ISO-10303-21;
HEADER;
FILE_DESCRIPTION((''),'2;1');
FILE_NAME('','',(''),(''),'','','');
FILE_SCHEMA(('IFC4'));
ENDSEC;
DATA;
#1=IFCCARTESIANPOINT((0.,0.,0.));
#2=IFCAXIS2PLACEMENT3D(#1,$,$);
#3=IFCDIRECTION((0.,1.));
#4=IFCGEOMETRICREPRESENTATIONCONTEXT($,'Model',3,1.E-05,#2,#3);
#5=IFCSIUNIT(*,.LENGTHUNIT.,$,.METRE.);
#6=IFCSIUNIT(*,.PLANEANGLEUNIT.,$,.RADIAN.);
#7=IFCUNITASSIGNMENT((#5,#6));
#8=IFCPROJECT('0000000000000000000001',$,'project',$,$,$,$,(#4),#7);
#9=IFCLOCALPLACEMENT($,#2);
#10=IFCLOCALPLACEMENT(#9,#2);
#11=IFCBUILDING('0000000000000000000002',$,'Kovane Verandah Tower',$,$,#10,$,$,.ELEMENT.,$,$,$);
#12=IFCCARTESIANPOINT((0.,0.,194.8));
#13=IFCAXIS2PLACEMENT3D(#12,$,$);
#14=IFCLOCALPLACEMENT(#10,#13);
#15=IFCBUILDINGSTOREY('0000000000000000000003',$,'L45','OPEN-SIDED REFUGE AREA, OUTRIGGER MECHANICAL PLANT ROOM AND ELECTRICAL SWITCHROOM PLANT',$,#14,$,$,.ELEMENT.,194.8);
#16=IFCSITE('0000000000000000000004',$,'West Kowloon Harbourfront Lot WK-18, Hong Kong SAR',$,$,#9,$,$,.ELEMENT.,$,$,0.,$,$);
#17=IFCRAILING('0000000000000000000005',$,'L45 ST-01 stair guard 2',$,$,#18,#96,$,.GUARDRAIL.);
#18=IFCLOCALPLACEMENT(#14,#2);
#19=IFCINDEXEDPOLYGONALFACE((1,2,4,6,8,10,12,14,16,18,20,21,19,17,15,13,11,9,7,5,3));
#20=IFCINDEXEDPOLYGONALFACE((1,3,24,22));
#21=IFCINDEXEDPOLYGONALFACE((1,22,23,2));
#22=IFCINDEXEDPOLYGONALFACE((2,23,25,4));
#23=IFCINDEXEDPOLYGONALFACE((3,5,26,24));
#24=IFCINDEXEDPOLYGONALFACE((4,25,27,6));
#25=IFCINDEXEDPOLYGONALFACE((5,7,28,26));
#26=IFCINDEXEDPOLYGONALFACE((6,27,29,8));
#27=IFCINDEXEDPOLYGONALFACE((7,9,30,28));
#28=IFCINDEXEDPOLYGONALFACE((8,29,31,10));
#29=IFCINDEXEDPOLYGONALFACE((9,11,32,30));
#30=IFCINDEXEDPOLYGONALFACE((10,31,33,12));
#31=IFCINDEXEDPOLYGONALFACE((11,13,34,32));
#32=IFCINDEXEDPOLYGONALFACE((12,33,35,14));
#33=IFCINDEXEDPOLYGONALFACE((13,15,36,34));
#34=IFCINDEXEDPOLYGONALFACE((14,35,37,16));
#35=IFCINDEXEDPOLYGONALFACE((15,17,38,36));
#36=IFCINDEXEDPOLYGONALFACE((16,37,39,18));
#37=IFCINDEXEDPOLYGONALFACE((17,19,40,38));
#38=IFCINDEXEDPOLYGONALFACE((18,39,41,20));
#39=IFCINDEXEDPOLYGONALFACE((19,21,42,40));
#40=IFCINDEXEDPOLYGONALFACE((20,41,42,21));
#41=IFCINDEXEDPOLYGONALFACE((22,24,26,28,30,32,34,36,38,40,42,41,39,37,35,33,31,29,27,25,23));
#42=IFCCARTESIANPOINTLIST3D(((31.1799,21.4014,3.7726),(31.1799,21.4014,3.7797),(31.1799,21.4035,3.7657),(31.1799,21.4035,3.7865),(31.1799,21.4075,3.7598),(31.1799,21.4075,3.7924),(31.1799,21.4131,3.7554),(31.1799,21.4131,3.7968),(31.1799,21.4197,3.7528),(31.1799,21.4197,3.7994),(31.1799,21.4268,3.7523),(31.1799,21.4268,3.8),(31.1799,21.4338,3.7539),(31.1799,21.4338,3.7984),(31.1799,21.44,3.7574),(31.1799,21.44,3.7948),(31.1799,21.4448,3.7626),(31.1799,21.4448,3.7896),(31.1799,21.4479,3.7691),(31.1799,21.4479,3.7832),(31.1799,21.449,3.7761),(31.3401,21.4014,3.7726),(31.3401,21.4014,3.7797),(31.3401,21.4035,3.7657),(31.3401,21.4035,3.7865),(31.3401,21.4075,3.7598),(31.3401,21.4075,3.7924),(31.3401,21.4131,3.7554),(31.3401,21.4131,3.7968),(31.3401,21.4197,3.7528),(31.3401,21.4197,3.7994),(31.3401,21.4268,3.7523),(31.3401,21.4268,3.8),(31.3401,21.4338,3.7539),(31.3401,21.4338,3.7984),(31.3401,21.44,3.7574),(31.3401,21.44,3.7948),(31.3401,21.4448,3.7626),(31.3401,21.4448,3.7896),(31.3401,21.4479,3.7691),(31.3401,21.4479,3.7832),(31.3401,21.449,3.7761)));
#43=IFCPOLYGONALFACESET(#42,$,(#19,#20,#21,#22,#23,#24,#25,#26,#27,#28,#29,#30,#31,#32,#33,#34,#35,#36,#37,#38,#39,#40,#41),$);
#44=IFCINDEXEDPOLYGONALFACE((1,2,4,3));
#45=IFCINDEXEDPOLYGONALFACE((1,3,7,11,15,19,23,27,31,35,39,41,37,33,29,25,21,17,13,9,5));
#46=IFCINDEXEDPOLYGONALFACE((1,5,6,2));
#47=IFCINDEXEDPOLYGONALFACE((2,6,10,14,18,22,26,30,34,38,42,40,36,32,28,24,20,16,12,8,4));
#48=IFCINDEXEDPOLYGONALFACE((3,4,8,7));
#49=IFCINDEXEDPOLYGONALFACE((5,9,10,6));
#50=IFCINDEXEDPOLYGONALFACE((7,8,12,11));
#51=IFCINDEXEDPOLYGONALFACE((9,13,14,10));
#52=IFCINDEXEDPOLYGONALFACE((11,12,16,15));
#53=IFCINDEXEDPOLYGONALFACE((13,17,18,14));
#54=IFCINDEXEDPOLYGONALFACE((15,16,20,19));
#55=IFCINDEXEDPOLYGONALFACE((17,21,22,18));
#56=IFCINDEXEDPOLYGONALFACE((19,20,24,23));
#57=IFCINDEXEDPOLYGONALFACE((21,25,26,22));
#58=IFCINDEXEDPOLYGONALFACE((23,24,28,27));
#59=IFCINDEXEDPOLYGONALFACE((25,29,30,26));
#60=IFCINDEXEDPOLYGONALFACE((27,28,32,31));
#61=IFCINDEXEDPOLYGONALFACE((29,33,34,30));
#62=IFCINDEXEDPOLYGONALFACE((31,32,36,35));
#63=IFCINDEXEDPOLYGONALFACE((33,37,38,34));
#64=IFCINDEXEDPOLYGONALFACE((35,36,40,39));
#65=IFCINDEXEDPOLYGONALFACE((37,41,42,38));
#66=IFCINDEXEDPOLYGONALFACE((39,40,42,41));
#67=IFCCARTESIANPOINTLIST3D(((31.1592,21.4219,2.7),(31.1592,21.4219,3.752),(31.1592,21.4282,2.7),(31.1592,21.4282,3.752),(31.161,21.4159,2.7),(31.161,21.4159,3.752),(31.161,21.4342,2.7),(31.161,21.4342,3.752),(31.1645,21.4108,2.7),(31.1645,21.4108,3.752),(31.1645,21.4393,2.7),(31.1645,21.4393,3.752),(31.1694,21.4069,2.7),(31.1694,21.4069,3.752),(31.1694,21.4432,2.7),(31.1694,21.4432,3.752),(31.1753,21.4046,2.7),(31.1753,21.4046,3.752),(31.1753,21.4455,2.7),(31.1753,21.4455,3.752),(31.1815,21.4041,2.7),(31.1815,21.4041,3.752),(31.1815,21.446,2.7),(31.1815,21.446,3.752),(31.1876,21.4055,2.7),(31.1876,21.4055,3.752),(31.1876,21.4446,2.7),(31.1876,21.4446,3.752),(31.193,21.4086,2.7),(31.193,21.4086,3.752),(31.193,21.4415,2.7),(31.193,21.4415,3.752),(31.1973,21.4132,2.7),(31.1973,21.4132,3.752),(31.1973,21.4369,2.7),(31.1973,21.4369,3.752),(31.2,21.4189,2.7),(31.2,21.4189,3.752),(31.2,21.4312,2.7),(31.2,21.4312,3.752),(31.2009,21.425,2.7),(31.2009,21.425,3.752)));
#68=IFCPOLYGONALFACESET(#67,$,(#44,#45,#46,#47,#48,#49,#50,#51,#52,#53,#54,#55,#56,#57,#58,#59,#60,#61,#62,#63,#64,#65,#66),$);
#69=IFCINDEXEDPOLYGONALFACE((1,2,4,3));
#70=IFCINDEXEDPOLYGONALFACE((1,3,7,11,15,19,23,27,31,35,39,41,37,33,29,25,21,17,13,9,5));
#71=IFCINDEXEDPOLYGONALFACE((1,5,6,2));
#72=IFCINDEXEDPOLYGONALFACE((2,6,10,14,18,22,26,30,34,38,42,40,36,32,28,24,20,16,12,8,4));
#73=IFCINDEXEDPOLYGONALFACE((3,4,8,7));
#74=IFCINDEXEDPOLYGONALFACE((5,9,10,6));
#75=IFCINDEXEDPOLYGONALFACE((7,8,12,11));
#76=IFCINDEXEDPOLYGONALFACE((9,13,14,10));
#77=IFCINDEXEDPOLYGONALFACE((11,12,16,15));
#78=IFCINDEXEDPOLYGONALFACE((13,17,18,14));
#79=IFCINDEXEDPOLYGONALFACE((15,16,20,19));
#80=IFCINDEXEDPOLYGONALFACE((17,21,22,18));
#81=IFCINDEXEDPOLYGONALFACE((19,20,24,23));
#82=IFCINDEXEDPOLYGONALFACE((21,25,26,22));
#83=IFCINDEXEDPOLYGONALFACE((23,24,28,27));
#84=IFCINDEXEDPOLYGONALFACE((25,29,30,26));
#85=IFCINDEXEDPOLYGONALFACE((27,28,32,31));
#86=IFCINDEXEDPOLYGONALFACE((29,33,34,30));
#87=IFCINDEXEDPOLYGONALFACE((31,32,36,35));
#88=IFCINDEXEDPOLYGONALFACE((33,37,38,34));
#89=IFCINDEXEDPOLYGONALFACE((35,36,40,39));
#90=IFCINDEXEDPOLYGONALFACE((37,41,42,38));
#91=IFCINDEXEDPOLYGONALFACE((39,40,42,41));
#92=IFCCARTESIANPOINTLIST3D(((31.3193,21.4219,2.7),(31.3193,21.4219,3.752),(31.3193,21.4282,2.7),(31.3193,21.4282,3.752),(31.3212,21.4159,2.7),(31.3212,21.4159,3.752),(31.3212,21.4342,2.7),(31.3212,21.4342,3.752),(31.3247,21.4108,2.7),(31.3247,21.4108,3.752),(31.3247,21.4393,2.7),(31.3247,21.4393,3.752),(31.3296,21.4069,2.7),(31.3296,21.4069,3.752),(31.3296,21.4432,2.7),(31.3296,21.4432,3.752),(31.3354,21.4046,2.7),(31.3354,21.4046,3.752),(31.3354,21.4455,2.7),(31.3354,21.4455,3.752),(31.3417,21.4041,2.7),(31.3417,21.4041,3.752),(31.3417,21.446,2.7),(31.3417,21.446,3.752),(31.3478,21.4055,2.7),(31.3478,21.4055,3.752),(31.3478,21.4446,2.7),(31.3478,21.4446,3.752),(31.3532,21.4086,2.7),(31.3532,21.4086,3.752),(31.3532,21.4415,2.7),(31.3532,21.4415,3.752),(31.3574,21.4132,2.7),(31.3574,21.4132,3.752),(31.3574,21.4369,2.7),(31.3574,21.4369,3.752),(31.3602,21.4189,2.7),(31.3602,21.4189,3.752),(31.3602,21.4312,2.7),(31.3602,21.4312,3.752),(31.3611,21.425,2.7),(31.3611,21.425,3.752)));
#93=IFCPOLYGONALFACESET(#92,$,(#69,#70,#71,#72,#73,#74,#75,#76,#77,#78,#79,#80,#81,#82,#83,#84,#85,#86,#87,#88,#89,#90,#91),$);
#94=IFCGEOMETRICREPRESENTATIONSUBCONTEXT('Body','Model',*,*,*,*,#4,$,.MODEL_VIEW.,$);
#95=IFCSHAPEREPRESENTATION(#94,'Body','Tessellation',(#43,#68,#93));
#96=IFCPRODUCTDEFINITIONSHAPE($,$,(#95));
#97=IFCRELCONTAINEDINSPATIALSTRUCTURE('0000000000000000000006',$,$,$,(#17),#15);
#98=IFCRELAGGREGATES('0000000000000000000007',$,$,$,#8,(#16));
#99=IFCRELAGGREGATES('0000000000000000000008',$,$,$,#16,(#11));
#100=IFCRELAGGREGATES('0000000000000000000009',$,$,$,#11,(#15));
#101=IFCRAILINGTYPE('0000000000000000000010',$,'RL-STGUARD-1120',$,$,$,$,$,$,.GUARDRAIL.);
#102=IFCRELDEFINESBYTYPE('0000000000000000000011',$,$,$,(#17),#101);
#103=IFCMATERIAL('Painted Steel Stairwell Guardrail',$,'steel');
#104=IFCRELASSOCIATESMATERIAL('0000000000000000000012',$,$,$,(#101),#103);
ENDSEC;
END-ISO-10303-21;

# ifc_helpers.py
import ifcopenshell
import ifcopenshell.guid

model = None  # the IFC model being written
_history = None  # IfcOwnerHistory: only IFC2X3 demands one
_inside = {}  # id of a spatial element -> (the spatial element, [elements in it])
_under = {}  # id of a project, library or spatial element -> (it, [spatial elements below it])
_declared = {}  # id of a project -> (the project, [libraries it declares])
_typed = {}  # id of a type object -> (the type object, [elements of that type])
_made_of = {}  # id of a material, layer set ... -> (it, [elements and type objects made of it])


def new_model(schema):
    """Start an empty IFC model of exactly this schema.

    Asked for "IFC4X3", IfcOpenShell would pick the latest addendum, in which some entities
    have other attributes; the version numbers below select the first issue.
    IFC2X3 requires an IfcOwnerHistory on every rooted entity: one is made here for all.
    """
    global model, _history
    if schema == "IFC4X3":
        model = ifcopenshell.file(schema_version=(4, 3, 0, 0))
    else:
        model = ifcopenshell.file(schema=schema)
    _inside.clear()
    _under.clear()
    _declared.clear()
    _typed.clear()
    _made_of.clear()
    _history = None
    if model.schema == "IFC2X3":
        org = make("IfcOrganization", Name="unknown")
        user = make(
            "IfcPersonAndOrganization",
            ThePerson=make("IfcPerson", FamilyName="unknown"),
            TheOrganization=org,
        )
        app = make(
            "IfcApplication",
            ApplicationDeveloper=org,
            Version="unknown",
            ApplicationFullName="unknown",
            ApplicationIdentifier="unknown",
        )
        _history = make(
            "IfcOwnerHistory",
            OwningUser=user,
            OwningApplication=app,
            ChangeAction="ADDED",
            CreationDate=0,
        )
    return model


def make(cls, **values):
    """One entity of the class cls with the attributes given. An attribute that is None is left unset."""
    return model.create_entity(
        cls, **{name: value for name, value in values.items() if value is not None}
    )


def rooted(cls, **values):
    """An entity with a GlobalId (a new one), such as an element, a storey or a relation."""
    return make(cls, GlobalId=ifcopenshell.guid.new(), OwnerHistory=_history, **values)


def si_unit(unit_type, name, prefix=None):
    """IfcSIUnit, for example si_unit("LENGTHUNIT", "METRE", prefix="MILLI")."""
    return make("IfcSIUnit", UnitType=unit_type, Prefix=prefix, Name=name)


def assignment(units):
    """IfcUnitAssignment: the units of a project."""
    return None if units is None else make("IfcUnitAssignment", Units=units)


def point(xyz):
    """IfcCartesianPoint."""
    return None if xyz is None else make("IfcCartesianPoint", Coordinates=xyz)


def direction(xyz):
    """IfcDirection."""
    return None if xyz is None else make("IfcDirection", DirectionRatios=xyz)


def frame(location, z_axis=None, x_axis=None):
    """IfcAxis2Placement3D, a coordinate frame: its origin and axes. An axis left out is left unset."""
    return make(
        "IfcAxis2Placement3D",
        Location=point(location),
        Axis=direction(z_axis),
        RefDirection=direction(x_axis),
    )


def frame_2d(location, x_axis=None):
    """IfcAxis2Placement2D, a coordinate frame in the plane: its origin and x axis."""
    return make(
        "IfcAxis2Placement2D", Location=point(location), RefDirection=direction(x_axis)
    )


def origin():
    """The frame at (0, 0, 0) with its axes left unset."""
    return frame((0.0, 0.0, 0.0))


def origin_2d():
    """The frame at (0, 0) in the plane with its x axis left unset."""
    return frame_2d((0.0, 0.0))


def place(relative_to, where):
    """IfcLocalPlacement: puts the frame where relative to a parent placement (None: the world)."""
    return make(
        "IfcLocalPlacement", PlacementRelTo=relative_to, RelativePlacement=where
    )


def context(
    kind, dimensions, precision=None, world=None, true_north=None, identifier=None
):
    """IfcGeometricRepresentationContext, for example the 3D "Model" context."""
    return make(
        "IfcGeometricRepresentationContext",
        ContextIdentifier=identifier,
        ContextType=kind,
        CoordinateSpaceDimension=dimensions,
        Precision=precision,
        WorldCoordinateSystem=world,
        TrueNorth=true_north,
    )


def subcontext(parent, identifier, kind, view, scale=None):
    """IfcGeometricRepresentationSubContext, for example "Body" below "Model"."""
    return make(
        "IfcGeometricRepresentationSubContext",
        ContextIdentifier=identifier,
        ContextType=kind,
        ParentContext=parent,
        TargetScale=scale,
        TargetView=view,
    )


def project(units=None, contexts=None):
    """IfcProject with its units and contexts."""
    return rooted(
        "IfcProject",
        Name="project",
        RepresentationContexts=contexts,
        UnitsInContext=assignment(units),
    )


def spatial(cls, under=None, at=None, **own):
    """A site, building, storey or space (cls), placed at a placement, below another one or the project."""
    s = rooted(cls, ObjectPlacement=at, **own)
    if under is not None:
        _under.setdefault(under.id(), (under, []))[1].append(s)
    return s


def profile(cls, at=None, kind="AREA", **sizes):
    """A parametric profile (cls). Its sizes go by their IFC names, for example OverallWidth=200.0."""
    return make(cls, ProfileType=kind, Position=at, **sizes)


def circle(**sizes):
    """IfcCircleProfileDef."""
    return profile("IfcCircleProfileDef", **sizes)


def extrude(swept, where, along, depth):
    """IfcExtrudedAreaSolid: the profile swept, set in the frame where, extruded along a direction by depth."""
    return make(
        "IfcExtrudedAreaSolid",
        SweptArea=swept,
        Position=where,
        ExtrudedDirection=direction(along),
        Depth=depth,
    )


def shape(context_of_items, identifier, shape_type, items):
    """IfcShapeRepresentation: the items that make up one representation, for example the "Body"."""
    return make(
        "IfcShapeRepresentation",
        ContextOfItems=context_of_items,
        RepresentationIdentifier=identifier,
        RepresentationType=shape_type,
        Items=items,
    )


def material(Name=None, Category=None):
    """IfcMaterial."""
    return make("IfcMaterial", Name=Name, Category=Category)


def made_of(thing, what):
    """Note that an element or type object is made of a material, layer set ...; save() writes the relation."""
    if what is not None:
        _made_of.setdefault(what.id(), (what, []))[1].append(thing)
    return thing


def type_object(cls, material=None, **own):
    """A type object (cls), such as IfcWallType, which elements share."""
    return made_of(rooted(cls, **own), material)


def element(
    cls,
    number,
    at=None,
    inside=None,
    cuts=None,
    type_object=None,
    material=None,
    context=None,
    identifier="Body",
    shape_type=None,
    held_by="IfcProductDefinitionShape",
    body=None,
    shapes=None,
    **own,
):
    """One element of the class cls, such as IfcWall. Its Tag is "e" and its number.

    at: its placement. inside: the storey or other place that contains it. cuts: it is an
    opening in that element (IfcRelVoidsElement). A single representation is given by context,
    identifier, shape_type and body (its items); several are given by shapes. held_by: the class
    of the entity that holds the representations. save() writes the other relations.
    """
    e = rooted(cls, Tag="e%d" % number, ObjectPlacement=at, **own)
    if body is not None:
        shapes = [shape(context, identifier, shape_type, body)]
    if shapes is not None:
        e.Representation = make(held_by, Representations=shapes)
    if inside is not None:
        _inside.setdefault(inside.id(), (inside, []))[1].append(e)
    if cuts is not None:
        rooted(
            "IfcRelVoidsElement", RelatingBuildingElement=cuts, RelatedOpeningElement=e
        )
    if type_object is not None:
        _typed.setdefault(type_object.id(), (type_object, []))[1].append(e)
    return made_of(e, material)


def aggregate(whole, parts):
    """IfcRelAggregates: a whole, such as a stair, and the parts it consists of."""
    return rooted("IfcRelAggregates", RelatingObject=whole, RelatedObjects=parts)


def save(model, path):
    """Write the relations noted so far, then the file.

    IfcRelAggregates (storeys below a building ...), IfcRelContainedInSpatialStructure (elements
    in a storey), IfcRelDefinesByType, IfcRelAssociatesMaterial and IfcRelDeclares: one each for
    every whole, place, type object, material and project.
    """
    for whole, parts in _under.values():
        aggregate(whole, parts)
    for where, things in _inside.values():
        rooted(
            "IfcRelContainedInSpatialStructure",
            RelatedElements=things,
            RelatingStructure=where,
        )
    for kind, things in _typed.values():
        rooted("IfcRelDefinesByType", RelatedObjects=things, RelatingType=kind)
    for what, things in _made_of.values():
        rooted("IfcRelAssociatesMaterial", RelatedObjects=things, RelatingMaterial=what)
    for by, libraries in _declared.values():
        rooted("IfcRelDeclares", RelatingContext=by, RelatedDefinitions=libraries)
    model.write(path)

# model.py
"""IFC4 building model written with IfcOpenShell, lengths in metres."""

from ifc_helpers import new_model, si_unit, direction, frame, origin, origin_2d, place, context, subcontext, project, spatial, circle, extrude, material, type_object, element, save


model = new_model("IFC4")

# Units and contexts
model_context = context("Model", 3, precision=1e-05, world=origin(), true_north=direction((0.0, 1.0)))
body_context = subcontext(model_context, "Body", "Model", "MODEL_VIEW")
ifc_project = project(units=[si_unit("LENGTHUNIT", "METRE"), si_unit("PLANEANGLEUNIT", "RADIAN")], contexts=[model_context])

# Site, building, storey
site_placement = place(None, origin())
site = spatial("IfcSite", under=ifc_project, at=site_placement, Name="West Kowloon Harbourfront Lot WK-18, Hong Kong SAR", CompositionType="ELEMENT", RefElevation=0.0)
building_placement = place(site_placement, origin())
building = spatial("IfcBuilding", under=site, at=building_placement, Name="Kovane Verandah Tower", CompositionType="ELEMENT")
storey_placement = place(building_placement, frame((0.0, 0.0, 194.8)))
storey = spatial("IfcBuildingStorey", under=building, at=storey_placement, Name="L45", Description="OPEN-SIDED REFUGE AREA, OUTRIGGER MECHANICAL PLANT ROOM AND ELECTRICAL SWITCHROOM PLANT", CompositionType="ELEMENT", Elevation=194.8)

# Railing
ifc_material_1 = material(Name="Painted Steel Stairwell Guardrail", Category="steel")
railing_type_1 = type_object("IfcRailingType", Name="RL-STGUARD-1120", PredefinedType="GUARDRAIL", material=ifc_material_1)
railing_1_placement = place(storey_placement, frame((31.1799, 21.425, 2.7)))
element("IfcRailing", 1, at=railing_1_placement, inside=storey, type_object=railing_type_1, Name="L45 ST-01 stair guard 2", PredefinedType="GUARDRAIL", context=body_context, shape_type="SweptSolid", body=[
    extrude(circle(Radius=0.0239, at=origin_2d()), frame((0.0, 0.0, 1.0762), z_axis=(1.0, 0.0, 0.0), x_axis=(0.0, 1.0, 0.0)), (0.0, 0.0, 1.0), 0.1602),
    extrude(circle(Radius=0.021, at=origin_2d()), origin(), (0.0, 0.0, 1.0), 1.052),
    extrude(circle(Radius=0.021, at=origin_2d()), frame((0.1602, 0.0, 0.0)), (0.0, 0.0, 1.0), 1.052),
])

save(model, "model.ifc")
